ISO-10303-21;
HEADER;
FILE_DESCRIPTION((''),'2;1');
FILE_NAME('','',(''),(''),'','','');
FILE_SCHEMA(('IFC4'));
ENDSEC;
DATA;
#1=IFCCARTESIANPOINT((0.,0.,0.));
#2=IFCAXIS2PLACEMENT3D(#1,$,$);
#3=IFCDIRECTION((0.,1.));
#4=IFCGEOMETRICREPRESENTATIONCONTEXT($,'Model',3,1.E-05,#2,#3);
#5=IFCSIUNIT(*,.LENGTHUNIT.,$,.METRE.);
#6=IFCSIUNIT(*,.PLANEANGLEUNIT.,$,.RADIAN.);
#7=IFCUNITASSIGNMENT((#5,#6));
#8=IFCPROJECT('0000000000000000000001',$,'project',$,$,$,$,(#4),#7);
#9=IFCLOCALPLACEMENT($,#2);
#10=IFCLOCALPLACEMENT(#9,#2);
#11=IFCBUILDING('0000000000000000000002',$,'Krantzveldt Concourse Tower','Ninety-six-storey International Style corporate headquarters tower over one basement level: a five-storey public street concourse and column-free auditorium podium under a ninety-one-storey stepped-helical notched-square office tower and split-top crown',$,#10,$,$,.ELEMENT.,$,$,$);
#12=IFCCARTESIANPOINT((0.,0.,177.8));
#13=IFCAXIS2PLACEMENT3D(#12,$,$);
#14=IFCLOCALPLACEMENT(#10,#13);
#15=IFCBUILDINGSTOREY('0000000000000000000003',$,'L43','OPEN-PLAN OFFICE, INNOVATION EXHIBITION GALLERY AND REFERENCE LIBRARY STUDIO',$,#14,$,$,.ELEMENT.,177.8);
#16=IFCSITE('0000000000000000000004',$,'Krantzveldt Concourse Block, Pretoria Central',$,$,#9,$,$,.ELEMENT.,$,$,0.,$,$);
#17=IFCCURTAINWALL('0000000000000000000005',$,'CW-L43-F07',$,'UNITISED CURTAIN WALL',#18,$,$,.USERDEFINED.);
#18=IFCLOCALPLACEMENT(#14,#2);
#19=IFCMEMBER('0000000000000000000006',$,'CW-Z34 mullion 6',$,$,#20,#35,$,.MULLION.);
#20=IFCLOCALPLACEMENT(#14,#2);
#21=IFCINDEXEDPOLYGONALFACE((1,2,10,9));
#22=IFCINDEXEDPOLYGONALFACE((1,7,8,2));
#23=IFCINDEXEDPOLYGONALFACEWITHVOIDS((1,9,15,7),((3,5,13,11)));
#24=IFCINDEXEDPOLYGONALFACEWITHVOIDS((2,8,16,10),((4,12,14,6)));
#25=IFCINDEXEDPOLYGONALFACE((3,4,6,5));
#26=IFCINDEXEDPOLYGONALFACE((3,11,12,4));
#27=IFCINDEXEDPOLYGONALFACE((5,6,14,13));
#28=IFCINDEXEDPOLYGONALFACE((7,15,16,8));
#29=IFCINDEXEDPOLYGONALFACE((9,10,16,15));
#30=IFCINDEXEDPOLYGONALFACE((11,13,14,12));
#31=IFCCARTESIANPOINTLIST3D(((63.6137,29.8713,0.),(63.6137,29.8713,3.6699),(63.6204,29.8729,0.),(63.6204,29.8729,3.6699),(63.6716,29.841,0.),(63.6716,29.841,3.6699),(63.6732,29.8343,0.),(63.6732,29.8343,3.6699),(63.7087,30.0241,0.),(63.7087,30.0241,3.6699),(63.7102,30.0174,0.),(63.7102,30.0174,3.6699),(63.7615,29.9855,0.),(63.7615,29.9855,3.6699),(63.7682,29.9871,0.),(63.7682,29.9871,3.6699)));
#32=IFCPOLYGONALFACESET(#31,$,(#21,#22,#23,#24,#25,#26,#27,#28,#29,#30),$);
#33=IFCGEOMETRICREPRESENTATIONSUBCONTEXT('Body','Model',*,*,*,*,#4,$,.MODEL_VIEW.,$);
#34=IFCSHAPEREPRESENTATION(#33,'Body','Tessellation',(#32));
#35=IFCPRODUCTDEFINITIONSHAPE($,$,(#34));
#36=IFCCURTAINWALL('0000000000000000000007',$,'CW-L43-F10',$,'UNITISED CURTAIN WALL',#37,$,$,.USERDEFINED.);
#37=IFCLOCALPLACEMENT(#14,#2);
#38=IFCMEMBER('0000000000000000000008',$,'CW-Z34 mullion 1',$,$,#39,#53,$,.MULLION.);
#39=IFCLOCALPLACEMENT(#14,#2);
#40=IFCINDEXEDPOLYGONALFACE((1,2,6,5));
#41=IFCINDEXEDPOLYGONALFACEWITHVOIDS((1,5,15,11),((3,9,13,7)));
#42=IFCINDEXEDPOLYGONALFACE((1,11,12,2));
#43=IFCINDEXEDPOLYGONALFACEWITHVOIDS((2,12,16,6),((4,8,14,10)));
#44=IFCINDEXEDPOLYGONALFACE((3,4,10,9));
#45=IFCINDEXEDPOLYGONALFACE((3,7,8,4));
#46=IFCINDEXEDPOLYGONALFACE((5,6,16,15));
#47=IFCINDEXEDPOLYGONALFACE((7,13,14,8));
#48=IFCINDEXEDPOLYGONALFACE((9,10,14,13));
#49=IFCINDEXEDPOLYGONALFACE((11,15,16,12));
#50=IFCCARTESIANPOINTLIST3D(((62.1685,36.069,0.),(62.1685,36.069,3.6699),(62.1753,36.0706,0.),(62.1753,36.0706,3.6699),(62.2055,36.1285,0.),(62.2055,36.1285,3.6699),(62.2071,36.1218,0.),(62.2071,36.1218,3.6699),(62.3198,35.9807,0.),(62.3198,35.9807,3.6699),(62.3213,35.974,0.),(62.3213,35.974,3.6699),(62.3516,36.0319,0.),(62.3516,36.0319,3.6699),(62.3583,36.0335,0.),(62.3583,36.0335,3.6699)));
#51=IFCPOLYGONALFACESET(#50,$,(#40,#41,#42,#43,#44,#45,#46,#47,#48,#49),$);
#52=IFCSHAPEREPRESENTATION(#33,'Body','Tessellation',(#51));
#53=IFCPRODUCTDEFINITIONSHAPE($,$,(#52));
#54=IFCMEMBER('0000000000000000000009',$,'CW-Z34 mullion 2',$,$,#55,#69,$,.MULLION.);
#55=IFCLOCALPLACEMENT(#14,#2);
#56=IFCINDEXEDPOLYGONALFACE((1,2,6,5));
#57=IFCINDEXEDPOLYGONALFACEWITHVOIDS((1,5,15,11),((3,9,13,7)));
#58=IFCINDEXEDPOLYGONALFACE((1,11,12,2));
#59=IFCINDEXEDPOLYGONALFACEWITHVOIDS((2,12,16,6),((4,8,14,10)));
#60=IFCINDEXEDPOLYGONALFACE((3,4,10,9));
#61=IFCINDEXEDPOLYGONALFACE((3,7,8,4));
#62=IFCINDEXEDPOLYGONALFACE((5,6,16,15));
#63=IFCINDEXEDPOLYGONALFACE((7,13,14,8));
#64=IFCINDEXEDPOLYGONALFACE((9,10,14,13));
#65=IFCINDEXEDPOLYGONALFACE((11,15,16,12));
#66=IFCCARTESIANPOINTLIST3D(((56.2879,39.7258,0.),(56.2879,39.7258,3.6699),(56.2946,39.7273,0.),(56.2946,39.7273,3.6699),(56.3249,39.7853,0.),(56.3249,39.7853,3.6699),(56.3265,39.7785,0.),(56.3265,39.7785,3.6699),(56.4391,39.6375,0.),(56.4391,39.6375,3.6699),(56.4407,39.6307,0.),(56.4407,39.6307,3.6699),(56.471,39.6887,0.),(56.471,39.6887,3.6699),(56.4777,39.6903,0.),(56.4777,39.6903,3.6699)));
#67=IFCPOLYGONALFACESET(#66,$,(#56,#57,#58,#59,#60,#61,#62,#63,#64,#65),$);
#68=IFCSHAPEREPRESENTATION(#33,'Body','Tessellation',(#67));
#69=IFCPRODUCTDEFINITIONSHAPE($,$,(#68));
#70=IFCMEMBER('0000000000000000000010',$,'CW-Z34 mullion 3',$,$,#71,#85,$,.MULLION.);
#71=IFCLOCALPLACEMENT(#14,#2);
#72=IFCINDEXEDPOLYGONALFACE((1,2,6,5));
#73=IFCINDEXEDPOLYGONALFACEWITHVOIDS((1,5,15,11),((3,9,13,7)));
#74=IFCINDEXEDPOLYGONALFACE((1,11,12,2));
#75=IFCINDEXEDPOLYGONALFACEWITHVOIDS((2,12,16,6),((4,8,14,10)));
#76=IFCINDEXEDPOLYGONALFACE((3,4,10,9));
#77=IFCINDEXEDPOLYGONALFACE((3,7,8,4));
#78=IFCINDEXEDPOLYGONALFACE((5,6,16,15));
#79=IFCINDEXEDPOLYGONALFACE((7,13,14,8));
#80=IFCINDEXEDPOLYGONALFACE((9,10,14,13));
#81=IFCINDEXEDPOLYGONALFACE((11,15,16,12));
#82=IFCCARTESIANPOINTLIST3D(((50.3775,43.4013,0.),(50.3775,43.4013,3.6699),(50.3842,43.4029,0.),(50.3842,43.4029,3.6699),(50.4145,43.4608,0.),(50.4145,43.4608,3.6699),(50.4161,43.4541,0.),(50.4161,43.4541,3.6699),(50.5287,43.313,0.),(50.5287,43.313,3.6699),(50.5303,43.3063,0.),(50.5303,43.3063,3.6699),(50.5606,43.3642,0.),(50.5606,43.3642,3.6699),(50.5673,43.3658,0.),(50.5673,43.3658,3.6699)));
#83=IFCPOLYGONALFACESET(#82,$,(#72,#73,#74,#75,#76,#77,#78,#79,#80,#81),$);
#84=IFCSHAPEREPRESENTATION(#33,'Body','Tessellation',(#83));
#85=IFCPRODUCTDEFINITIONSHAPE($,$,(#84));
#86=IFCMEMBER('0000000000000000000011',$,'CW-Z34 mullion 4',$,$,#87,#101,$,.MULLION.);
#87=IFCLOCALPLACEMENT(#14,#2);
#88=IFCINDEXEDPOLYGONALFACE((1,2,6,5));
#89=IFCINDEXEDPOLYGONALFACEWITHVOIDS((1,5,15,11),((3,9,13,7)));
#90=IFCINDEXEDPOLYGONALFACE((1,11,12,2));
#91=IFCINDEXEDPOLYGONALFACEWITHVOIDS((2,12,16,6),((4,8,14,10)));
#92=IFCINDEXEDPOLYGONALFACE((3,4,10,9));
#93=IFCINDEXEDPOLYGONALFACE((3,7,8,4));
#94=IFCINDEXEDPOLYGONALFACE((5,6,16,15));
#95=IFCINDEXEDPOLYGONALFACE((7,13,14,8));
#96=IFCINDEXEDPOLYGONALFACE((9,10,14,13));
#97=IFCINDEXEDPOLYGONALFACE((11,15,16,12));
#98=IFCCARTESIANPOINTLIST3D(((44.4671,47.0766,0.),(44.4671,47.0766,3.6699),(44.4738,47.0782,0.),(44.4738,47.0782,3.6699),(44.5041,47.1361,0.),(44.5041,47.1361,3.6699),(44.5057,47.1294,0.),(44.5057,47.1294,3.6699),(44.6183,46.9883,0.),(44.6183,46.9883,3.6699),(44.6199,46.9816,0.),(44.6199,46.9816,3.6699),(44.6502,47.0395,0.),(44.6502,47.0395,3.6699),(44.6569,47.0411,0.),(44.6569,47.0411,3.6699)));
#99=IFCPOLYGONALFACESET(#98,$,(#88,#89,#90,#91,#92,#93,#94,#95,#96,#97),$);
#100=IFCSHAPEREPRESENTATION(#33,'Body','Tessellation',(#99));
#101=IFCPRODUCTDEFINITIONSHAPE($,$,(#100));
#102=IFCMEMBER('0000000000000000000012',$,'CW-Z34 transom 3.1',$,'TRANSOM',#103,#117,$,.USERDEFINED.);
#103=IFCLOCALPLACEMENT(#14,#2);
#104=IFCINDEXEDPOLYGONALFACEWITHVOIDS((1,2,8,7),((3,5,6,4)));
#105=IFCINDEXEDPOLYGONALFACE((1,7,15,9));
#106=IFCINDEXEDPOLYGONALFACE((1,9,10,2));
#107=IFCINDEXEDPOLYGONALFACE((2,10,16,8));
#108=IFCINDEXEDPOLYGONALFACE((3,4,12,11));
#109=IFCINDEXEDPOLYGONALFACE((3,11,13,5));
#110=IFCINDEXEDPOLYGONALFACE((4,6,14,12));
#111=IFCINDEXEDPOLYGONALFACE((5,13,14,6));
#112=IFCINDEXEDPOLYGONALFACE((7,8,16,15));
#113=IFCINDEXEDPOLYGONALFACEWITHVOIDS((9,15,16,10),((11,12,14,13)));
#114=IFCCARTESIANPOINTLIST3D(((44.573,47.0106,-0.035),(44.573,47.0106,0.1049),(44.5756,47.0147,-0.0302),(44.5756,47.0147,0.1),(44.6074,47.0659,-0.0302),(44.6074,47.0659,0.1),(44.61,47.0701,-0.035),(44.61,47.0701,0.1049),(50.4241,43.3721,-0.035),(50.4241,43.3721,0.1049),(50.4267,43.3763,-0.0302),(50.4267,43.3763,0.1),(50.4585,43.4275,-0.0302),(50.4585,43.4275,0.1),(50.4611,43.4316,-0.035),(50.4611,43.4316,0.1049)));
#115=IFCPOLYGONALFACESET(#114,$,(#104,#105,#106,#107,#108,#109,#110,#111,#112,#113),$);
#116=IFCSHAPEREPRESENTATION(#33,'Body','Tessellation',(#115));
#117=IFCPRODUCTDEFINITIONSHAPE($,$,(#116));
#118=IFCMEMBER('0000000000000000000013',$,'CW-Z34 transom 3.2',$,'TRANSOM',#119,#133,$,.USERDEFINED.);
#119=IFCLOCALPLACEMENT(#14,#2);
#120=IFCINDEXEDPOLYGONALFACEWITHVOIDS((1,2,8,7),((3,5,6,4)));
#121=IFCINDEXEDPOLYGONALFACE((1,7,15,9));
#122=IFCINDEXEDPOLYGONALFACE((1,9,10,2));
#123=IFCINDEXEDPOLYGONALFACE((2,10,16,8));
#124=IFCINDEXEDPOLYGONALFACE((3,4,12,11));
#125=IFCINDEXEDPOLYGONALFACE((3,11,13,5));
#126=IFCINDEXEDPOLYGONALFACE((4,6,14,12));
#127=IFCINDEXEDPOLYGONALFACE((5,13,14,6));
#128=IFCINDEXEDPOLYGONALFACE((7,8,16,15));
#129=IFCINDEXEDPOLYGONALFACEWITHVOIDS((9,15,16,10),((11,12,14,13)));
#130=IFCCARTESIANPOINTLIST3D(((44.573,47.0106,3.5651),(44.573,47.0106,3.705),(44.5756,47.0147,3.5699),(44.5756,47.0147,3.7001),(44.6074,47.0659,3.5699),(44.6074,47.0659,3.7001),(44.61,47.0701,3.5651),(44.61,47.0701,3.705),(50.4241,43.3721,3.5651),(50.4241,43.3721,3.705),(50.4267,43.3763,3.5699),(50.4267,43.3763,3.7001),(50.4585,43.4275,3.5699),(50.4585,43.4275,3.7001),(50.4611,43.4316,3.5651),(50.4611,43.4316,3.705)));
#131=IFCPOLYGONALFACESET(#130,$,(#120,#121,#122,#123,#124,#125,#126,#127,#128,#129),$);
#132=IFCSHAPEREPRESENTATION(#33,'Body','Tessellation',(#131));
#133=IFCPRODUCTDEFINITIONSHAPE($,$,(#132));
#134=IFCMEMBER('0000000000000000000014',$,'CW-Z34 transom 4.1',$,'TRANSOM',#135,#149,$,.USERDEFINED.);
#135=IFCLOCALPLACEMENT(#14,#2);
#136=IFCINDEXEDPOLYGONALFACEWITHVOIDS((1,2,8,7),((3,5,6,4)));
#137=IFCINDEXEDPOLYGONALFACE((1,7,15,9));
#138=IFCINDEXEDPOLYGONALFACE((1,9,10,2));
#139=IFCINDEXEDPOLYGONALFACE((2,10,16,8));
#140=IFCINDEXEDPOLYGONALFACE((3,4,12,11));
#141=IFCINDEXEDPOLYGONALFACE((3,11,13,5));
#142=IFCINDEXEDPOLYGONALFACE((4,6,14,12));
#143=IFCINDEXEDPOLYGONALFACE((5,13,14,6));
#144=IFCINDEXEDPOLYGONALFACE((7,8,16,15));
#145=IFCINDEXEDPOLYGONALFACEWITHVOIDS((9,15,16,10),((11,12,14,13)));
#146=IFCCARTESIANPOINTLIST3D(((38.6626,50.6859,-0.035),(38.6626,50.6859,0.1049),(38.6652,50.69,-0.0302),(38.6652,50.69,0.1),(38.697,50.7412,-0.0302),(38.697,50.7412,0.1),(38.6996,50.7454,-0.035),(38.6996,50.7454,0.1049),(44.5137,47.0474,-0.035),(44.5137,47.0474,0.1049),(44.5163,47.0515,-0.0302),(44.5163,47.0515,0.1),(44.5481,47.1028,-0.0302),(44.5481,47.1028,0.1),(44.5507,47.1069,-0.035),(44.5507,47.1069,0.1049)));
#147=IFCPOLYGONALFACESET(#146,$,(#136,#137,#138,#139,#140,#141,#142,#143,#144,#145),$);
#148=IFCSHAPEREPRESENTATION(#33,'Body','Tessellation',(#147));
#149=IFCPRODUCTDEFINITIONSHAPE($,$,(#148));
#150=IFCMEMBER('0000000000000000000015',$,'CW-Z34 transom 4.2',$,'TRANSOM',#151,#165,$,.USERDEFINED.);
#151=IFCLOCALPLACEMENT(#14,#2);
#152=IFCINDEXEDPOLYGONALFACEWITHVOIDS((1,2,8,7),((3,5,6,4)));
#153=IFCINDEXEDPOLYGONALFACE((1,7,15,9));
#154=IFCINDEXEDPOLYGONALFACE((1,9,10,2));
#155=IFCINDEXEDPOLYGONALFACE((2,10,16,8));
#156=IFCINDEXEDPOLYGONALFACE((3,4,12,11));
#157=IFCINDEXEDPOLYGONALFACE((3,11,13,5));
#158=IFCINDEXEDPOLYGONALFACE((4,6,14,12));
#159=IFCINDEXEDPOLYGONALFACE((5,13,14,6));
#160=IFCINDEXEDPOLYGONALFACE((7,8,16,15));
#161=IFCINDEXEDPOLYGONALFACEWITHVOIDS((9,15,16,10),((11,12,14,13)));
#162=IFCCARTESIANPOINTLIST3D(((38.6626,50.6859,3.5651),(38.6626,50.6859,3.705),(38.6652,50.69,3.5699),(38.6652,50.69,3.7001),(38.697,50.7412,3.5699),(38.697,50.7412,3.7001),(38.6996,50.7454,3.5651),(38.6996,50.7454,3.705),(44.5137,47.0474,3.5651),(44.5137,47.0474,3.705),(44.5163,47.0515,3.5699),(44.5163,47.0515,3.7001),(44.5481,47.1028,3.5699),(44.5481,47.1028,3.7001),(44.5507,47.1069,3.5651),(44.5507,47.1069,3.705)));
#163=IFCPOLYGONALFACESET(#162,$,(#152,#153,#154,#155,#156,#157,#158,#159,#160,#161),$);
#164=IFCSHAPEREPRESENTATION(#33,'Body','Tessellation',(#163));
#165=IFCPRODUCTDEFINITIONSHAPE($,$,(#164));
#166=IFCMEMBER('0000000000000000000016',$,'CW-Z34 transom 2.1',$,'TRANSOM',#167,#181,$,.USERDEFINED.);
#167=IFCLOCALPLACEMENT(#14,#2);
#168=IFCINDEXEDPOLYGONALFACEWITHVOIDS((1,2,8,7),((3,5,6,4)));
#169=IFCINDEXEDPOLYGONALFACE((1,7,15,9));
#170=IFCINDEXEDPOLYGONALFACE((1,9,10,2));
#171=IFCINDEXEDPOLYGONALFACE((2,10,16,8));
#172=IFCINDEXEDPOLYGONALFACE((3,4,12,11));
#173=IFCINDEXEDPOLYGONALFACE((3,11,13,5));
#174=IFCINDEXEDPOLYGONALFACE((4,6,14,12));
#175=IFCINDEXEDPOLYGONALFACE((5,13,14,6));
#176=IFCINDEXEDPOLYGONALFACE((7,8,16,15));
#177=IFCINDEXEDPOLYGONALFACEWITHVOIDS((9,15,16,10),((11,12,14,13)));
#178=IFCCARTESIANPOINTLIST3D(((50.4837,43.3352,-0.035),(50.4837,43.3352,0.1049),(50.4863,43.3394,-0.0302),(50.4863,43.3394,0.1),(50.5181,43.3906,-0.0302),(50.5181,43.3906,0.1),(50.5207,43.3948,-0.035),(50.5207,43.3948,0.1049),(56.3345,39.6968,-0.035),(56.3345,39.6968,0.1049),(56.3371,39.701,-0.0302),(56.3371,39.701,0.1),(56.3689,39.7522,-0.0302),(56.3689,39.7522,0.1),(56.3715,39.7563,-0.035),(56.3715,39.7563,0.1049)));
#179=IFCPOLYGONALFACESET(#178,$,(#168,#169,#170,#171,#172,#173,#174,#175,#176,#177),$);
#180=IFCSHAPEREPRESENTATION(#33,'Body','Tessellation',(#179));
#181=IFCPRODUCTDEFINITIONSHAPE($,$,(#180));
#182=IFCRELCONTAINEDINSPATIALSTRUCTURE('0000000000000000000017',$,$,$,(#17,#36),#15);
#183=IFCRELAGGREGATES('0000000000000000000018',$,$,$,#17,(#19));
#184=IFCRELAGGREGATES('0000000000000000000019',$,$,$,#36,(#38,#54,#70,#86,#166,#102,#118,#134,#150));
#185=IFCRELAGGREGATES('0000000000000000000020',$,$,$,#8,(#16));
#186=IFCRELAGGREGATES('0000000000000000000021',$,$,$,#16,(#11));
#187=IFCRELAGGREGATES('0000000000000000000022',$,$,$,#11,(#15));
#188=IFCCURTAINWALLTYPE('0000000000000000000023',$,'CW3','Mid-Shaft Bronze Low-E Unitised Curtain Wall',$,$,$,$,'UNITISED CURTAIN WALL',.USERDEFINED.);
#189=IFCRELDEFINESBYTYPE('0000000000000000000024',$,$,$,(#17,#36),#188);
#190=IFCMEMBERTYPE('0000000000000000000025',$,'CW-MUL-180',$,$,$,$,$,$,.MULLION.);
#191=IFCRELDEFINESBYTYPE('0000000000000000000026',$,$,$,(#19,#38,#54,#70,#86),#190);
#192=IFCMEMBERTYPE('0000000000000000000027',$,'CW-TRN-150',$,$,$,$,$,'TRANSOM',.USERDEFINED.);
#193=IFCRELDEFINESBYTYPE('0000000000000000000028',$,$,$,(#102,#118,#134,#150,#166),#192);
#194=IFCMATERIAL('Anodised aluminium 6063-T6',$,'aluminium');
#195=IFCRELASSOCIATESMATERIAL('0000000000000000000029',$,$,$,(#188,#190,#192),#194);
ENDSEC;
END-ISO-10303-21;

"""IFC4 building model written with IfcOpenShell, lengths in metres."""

from ifc_helpers import new_model, si_unit, direction, frame, origin, origin_2d, place, context, subcontext, project, spatial, hollow_rectangle, extrude, source, transform, mapped, material, material_profile, profile_set, type_object, type_shapes, element, aggregate, save


model = new_model("IFC4")

# Units and contexts
model_context = context("Model", 3, precision=1e-05, world=origin(), true_north=direction((0.0, 1.0)))
body_context = subcontext(model_context, "Body", "Model", "MODEL_VIEW")
ifc_project = project(units=[si_unit("LENGTHUNIT", "METRE"), si_unit("PLANEANGLEUNIT", "RADIAN")], contexts=[model_context])

# Site, building, storey
site_placement = place(None, origin())
site = spatial("IfcSite", under=ifc_project, at=site_placement, Name="Krantzveldt Concourse Block, Pretoria Central", CompositionType="ELEMENT", RefElevation=0.0)
building_placement = place(site_placement, origin())
building = spatial("IfcBuilding", under=site, at=building_placement, Name="Krantzveldt Concourse Tower", Description="Ninety-six-storey International Style corporate headquarters tower over one basement level: a five-storey public street concourse and column-free auditorium podium under a ninety-one-storey stepped-helical notched-square office tower and split-top crown", CompositionType="ELEMENT")
storey_placement = place(building_placement, frame((0.0, 0.0, 177.8)))
storey = spatial("IfcBuildingStorey", under=building, at=storey_placement, Name="L43", Description="OPEN-PLAN OFFICE, INNOVATION EXHIBITION GALLERY AND REFERENCE LIBRARY STUDIO", CompositionType="ELEMENT", Elevation=177.8)

# Curtain wall, member
ifc_material_1 = material(Name="Anodised aluminium 6063-T6", Category="aluminium")
curtain_wall_type = type_object("IfcCurtainWallType", Name="CW3", Description="Mid-Shaft Bronze Low-E Unitised Curtain Wall", ElementType="UNITISED CURTAIN WALL", PredefinedType="USERDEFINED", material=ifc_material_1)
curtain_wall_1_placement = place(storey_placement, origin())
curtain_wall_1 = element("IfcCurtainWall", 1, at=curtain_wall_1_placement, inside=storey, type_object=curtain_wall_type, Name="CW-L43-F07", ObjectType="UNITISED CURTAIN WALL", PredefinedType="USERDEFINED")
ifc_material_profile_1 = material_profile(ifc_material_1, hollow_rectangle(XDim=0.0701, YDim=0.1799, WallThickness=0.0049, at=origin_2d()), Name="Anodised aluminium 6063-T6", Category="aluminium")
ifc_profile_set_1 = profile_set([ifc_material_profile_1], Name="Anodised aluminium 6063-T6 - ALU-MULL 180x70x5")
member_type_1 = type_object("IfcMemberType", Name="CW-MUL-180", PredefinedType="MULLION", material=ifc_profile_set_1)
shared_shape_1 = source(origin(), body_context, "Body", "SweptSolid", [
    extrude(hollow_rectangle(XDim=0.0701, YDim=0.1799, WallThickness=0.0049, at=origin_2d()), origin(), (0.0, 0.0, 1.0), 3.6699),
])
type_shapes(member_type_1, [shared_shape_1])
member_1_placement = place(storey_placement, frame((63.6909, 29.9292, 0.0), z_axis=(0.0, 0.0, 1.0), x_axis=(-0.849202, 0.528068, 0.0)))
member_1 = element("IfcMember", 2, at=member_1_placement, type_object=member_type_1, Name="CW-Z34 mullion 6", PredefinedType="MULLION", context=body_context, shape_type="MappedRepresentation", body=[
    mapped(shared_shape_1, transform((0.0, 0.0, 0.0), x_axis=(1.0, 0.0, 0.0), y_axis=(0.0, 1.0, 0.0), z_axis=(0.0, 0.0, 1.0), scale=1.0)),
])

# Curtain wall, members
curtain_wall_2_placement = place(storey_placement, origin())
curtain_wall_2 = element("IfcCurtainWall", 3, at=curtain_wall_2_placement, inside=storey, type_object=curtain_wall_type, Name="CW-L43-F10", ObjectType="UNITISED CURTAIN WALL", PredefinedType="USERDEFINED")
member_2_placement = place(storey_placement, frame((62.2634, 36.0513, 0.0), z_axis=(0.0, 0.0, 1.0), x_axis=(-0.528068, -0.849202, 0.0)))
member_2 = element("IfcMember", 4, at=member_2_placement, type_object=member_type_1, Name="CW-Z34 mullion 1", PredefinedType="MULLION", context=body_context, shape_type="MappedRepresentation", body=[
    mapped(shared_shape_1, transform((0.0, 0.0, 0.0), x_axis=(1.0, 0.0, 0.0), y_axis=(0.0, 1.0, 0.0), z_axis=(0.0, 0.0, 1.0), scale=1.0)),
])
member_3_placement = place(storey_placement, frame((56.3828, 39.708, 0.0), z_axis=(0.0, 0.0, 1.0), x_axis=(-0.528068, -0.849202, 0.0)))
member_3 = element("IfcMember", 5, at=member_3_placement, type_object=member_type_1, Name="CW-Z34 mullion 2", PredefinedType="MULLION", context=body_context, shape_type="MappedRepresentation", body=[
    mapped(shared_shape_1, transform((0.0, 0.0, 0.0), x_axis=(1.0, 0.0, 0.0), y_axis=(0.0, 1.0, 0.0), z_axis=(0.0, 0.0, 1.0), scale=1.0)),
])
member_4_placement = place(storey_placement, frame((50.4724, 43.3835, 0.0), z_axis=(0.0, 0.0, 1.0), x_axis=(-0.528068, -0.849202, 0.0)))
member_4 = element("IfcMember", 6, at=member_4_placement, type_object=member_type_1, Name="CW-Z34 mullion 3", PredefinedType="MULLION", context=body_context, shape_type="MappedRepresentation", body=[
    mapped(shared_shape_1, transform((0.0, 0.0, 0.0), x_axis=(1.0, 0.0, 0.0), y_axis=(0.0, 1.0, 0.0), z_axis=(0.0, 0.0, 1.0), scale=1.0)),
])
member_5_placement = place(storey_placement, frame((44.562, 47.0588, 0.0), z_axis=(0.0, 0.0, 1.0), x_axis=(-0.528068, -0.849202, 0.0)))
member_5 = element("IfcMember", 7, at=member_5_placement, type_object=member_type_1, Name="CW-Z34 mullion 4", PredefinedType="MULLION", context=body_context, shape_type="MappedRepresentation", body=[
    mapped(shared_shape_1, transform((0.0, 0.0, 0.0), x_axis=(1.0, 0.0, 0.0), y_axis=(0.0, 1.0, 0.0), z_axis=(0.0, 0.0, 1.0), scale=1.0)),
])
ifc_material_profile_2 = material_profile(ifc_material_1, hollow_rectangle(XDim=0.0701, YDim=0.1399, WallThickness=0.0049, at=origin_2d()), Name="Anodised aluminium 6063-T6", Category="aluminium")
ifc_profile_set_2 = profile_set([ifc_material_profile_2], Name="Anodised aluminium 6063-T6 - ALU-TRAN 140x70x5")
member_type_2 = type_object("IfcMemberType", Name="CW-TRN-150", ElementType="TRANSOM", PredefinedType="USERDEFINED", material=ifc_profile_set_2)
shared_shape_2 = source(origin(), body_context, "Body", "SweptSolid", [
    extrude(hollow_rectangle(XDim=0.0701, YDim=0.1399, WallThickness=0.0049, at=origin_2d()), origin(), (0.0, 0.0, 1.0), 6.8901),
])
member_6_placement = place(storey_placement, frame((50.4426, 43.4019, 0.0349), z_axis=(-0.849202, 0.528067, 0.0), x_axis=(-0.528067, -0.849202, 0.0)))
member_6 = element("IfcMember", 8, at=member_6_placement, type_object=member_type_2, Name="CW-Z34 transom 3.1", ObjectType="TRANSOM", PredefinedType="USERDEFINED", context=body_context, shape_type="MappedRepresentation", body=[
    mapped(shared_shape_2, transform((0.0, 0.0, 0.0), x_axis=(1.0, 0.0, 0.0), y_axis=(0.0, 1.0, 0.0), z_axis=(0.0, 0.0, 1.0), scale=1.0)),
])
member_7_placement = place(storey_placement, frame((50.4426, 43.4019, 3.635), z_axis=(-0.849202, 0.528067, 0.0), x_axis=(-0.528067, -0.849202, 0.0)))
member_7 = element("IfcMember", 9, at=member_7_placement, type_object=member_type_2, Name="CW-Z34 transom 3.2", ObjectType="TRANSOM", PredefinedType="USERDEFINED", context=body_context, shape_type="MappedRepresentation", body=[
    mapped(shared_shape_2, transform((0.0, 0.0, 0.0), x_axis=(1.0, 0.0, 0.0), y_axis=(0.0, 1.0, 0.0), z_axis=(0.0, 0.0, 1.0), scale=1.0)),
])
member_8_placement = place(storey_placement, frame((44.5322, 47.0771, 0.0349), z_axis=(-0.849202, 0.528067, 0.0), x_axis=(-0.528067, -0.849202, 0.0)))
member_8 = element("IfcMember", 10, at=member_8_placement, type_object=member_type_2, Name="CW-Z34 transom 4.1", ObjectType="TRANSOM", PredefinedType="USERDEFINED", context=body_context, shape_type="MappedRepresentation", body=[
    mapped(shared_shape_2, transform((0.0, 0.0, 0.0), x_axis=(1.0, 0.0, 0.0), y_axis=(0.0, 1.0, 0.0), z_axis=(0.0, 0.0, 1.0), scale=1.0)),
])
member_9_placement = place(storey_placement, frame((44.5322, 47.0771, 3.635), z_axis=(-0.849202, 0.528067, 0.0), x_axis=(-0.528067, -0.849202, 0.0)))
member_9 = element("IfcMember", 11, at=member_9_placement, type_object=member_type_2, Name="CW-Z34 transom 4.2", ObjectType="TRANSOM", PredefinedType="USERDEFINED", context=body_context, shape_type="MappedRepresentation", body=[
    mapped(shared_shape_2, transform((0.0, 0.0, 0.0), x_axis=(1.0, 0.0, 0.0), y_axis=(0.0, 1.0, 0.0), z_axis=(0.0, 0.0, 1.0), scale=1.0)),
])
shared_shape_3 = source(origin(), body_context, "Body", "SweptSolid", [
    extrude(hollow_rectangle(XDim=0.0701, YDim=0.1399, WallThickness=0.0049, at=origin_2d()), origin(), (0.0, 0.0, 1.0), 6.8899),
])
member_10_placement = place(storey_placement, frame((56.353, 39.7266, 0.0349), z_axis=(-0.849193, 0.528083, 0.0), x_axis=(-0.528083, -0.849193, 0.0)))
member_10 = element("IfcMember", 12, at=member_10_placement, type_object=member_type_2, Name="CW-Z34 transom 2.1", ObjectType="TRANSOM", PredefinedType="USERDEFINED", context=body_context, shape_type="MappedRepresentation", body=[
    mapped(shared_shape_3, transform((0.0, 0.0, 0.0), x_axis=(1.0, 0.0, 0.0), y_axis=(0.0, 1.0, 0.0), z_axis=(0.0, 0.0, 1.0), scale=1.0)),
])

aggregate(curtain_wall_1, [member_1])
aggregate(curtain_wall_2, [member_2, member_3, member_4, member_5, member_10, member_6, member_7, member_8, member_9])

save(model, "model.ifc")
